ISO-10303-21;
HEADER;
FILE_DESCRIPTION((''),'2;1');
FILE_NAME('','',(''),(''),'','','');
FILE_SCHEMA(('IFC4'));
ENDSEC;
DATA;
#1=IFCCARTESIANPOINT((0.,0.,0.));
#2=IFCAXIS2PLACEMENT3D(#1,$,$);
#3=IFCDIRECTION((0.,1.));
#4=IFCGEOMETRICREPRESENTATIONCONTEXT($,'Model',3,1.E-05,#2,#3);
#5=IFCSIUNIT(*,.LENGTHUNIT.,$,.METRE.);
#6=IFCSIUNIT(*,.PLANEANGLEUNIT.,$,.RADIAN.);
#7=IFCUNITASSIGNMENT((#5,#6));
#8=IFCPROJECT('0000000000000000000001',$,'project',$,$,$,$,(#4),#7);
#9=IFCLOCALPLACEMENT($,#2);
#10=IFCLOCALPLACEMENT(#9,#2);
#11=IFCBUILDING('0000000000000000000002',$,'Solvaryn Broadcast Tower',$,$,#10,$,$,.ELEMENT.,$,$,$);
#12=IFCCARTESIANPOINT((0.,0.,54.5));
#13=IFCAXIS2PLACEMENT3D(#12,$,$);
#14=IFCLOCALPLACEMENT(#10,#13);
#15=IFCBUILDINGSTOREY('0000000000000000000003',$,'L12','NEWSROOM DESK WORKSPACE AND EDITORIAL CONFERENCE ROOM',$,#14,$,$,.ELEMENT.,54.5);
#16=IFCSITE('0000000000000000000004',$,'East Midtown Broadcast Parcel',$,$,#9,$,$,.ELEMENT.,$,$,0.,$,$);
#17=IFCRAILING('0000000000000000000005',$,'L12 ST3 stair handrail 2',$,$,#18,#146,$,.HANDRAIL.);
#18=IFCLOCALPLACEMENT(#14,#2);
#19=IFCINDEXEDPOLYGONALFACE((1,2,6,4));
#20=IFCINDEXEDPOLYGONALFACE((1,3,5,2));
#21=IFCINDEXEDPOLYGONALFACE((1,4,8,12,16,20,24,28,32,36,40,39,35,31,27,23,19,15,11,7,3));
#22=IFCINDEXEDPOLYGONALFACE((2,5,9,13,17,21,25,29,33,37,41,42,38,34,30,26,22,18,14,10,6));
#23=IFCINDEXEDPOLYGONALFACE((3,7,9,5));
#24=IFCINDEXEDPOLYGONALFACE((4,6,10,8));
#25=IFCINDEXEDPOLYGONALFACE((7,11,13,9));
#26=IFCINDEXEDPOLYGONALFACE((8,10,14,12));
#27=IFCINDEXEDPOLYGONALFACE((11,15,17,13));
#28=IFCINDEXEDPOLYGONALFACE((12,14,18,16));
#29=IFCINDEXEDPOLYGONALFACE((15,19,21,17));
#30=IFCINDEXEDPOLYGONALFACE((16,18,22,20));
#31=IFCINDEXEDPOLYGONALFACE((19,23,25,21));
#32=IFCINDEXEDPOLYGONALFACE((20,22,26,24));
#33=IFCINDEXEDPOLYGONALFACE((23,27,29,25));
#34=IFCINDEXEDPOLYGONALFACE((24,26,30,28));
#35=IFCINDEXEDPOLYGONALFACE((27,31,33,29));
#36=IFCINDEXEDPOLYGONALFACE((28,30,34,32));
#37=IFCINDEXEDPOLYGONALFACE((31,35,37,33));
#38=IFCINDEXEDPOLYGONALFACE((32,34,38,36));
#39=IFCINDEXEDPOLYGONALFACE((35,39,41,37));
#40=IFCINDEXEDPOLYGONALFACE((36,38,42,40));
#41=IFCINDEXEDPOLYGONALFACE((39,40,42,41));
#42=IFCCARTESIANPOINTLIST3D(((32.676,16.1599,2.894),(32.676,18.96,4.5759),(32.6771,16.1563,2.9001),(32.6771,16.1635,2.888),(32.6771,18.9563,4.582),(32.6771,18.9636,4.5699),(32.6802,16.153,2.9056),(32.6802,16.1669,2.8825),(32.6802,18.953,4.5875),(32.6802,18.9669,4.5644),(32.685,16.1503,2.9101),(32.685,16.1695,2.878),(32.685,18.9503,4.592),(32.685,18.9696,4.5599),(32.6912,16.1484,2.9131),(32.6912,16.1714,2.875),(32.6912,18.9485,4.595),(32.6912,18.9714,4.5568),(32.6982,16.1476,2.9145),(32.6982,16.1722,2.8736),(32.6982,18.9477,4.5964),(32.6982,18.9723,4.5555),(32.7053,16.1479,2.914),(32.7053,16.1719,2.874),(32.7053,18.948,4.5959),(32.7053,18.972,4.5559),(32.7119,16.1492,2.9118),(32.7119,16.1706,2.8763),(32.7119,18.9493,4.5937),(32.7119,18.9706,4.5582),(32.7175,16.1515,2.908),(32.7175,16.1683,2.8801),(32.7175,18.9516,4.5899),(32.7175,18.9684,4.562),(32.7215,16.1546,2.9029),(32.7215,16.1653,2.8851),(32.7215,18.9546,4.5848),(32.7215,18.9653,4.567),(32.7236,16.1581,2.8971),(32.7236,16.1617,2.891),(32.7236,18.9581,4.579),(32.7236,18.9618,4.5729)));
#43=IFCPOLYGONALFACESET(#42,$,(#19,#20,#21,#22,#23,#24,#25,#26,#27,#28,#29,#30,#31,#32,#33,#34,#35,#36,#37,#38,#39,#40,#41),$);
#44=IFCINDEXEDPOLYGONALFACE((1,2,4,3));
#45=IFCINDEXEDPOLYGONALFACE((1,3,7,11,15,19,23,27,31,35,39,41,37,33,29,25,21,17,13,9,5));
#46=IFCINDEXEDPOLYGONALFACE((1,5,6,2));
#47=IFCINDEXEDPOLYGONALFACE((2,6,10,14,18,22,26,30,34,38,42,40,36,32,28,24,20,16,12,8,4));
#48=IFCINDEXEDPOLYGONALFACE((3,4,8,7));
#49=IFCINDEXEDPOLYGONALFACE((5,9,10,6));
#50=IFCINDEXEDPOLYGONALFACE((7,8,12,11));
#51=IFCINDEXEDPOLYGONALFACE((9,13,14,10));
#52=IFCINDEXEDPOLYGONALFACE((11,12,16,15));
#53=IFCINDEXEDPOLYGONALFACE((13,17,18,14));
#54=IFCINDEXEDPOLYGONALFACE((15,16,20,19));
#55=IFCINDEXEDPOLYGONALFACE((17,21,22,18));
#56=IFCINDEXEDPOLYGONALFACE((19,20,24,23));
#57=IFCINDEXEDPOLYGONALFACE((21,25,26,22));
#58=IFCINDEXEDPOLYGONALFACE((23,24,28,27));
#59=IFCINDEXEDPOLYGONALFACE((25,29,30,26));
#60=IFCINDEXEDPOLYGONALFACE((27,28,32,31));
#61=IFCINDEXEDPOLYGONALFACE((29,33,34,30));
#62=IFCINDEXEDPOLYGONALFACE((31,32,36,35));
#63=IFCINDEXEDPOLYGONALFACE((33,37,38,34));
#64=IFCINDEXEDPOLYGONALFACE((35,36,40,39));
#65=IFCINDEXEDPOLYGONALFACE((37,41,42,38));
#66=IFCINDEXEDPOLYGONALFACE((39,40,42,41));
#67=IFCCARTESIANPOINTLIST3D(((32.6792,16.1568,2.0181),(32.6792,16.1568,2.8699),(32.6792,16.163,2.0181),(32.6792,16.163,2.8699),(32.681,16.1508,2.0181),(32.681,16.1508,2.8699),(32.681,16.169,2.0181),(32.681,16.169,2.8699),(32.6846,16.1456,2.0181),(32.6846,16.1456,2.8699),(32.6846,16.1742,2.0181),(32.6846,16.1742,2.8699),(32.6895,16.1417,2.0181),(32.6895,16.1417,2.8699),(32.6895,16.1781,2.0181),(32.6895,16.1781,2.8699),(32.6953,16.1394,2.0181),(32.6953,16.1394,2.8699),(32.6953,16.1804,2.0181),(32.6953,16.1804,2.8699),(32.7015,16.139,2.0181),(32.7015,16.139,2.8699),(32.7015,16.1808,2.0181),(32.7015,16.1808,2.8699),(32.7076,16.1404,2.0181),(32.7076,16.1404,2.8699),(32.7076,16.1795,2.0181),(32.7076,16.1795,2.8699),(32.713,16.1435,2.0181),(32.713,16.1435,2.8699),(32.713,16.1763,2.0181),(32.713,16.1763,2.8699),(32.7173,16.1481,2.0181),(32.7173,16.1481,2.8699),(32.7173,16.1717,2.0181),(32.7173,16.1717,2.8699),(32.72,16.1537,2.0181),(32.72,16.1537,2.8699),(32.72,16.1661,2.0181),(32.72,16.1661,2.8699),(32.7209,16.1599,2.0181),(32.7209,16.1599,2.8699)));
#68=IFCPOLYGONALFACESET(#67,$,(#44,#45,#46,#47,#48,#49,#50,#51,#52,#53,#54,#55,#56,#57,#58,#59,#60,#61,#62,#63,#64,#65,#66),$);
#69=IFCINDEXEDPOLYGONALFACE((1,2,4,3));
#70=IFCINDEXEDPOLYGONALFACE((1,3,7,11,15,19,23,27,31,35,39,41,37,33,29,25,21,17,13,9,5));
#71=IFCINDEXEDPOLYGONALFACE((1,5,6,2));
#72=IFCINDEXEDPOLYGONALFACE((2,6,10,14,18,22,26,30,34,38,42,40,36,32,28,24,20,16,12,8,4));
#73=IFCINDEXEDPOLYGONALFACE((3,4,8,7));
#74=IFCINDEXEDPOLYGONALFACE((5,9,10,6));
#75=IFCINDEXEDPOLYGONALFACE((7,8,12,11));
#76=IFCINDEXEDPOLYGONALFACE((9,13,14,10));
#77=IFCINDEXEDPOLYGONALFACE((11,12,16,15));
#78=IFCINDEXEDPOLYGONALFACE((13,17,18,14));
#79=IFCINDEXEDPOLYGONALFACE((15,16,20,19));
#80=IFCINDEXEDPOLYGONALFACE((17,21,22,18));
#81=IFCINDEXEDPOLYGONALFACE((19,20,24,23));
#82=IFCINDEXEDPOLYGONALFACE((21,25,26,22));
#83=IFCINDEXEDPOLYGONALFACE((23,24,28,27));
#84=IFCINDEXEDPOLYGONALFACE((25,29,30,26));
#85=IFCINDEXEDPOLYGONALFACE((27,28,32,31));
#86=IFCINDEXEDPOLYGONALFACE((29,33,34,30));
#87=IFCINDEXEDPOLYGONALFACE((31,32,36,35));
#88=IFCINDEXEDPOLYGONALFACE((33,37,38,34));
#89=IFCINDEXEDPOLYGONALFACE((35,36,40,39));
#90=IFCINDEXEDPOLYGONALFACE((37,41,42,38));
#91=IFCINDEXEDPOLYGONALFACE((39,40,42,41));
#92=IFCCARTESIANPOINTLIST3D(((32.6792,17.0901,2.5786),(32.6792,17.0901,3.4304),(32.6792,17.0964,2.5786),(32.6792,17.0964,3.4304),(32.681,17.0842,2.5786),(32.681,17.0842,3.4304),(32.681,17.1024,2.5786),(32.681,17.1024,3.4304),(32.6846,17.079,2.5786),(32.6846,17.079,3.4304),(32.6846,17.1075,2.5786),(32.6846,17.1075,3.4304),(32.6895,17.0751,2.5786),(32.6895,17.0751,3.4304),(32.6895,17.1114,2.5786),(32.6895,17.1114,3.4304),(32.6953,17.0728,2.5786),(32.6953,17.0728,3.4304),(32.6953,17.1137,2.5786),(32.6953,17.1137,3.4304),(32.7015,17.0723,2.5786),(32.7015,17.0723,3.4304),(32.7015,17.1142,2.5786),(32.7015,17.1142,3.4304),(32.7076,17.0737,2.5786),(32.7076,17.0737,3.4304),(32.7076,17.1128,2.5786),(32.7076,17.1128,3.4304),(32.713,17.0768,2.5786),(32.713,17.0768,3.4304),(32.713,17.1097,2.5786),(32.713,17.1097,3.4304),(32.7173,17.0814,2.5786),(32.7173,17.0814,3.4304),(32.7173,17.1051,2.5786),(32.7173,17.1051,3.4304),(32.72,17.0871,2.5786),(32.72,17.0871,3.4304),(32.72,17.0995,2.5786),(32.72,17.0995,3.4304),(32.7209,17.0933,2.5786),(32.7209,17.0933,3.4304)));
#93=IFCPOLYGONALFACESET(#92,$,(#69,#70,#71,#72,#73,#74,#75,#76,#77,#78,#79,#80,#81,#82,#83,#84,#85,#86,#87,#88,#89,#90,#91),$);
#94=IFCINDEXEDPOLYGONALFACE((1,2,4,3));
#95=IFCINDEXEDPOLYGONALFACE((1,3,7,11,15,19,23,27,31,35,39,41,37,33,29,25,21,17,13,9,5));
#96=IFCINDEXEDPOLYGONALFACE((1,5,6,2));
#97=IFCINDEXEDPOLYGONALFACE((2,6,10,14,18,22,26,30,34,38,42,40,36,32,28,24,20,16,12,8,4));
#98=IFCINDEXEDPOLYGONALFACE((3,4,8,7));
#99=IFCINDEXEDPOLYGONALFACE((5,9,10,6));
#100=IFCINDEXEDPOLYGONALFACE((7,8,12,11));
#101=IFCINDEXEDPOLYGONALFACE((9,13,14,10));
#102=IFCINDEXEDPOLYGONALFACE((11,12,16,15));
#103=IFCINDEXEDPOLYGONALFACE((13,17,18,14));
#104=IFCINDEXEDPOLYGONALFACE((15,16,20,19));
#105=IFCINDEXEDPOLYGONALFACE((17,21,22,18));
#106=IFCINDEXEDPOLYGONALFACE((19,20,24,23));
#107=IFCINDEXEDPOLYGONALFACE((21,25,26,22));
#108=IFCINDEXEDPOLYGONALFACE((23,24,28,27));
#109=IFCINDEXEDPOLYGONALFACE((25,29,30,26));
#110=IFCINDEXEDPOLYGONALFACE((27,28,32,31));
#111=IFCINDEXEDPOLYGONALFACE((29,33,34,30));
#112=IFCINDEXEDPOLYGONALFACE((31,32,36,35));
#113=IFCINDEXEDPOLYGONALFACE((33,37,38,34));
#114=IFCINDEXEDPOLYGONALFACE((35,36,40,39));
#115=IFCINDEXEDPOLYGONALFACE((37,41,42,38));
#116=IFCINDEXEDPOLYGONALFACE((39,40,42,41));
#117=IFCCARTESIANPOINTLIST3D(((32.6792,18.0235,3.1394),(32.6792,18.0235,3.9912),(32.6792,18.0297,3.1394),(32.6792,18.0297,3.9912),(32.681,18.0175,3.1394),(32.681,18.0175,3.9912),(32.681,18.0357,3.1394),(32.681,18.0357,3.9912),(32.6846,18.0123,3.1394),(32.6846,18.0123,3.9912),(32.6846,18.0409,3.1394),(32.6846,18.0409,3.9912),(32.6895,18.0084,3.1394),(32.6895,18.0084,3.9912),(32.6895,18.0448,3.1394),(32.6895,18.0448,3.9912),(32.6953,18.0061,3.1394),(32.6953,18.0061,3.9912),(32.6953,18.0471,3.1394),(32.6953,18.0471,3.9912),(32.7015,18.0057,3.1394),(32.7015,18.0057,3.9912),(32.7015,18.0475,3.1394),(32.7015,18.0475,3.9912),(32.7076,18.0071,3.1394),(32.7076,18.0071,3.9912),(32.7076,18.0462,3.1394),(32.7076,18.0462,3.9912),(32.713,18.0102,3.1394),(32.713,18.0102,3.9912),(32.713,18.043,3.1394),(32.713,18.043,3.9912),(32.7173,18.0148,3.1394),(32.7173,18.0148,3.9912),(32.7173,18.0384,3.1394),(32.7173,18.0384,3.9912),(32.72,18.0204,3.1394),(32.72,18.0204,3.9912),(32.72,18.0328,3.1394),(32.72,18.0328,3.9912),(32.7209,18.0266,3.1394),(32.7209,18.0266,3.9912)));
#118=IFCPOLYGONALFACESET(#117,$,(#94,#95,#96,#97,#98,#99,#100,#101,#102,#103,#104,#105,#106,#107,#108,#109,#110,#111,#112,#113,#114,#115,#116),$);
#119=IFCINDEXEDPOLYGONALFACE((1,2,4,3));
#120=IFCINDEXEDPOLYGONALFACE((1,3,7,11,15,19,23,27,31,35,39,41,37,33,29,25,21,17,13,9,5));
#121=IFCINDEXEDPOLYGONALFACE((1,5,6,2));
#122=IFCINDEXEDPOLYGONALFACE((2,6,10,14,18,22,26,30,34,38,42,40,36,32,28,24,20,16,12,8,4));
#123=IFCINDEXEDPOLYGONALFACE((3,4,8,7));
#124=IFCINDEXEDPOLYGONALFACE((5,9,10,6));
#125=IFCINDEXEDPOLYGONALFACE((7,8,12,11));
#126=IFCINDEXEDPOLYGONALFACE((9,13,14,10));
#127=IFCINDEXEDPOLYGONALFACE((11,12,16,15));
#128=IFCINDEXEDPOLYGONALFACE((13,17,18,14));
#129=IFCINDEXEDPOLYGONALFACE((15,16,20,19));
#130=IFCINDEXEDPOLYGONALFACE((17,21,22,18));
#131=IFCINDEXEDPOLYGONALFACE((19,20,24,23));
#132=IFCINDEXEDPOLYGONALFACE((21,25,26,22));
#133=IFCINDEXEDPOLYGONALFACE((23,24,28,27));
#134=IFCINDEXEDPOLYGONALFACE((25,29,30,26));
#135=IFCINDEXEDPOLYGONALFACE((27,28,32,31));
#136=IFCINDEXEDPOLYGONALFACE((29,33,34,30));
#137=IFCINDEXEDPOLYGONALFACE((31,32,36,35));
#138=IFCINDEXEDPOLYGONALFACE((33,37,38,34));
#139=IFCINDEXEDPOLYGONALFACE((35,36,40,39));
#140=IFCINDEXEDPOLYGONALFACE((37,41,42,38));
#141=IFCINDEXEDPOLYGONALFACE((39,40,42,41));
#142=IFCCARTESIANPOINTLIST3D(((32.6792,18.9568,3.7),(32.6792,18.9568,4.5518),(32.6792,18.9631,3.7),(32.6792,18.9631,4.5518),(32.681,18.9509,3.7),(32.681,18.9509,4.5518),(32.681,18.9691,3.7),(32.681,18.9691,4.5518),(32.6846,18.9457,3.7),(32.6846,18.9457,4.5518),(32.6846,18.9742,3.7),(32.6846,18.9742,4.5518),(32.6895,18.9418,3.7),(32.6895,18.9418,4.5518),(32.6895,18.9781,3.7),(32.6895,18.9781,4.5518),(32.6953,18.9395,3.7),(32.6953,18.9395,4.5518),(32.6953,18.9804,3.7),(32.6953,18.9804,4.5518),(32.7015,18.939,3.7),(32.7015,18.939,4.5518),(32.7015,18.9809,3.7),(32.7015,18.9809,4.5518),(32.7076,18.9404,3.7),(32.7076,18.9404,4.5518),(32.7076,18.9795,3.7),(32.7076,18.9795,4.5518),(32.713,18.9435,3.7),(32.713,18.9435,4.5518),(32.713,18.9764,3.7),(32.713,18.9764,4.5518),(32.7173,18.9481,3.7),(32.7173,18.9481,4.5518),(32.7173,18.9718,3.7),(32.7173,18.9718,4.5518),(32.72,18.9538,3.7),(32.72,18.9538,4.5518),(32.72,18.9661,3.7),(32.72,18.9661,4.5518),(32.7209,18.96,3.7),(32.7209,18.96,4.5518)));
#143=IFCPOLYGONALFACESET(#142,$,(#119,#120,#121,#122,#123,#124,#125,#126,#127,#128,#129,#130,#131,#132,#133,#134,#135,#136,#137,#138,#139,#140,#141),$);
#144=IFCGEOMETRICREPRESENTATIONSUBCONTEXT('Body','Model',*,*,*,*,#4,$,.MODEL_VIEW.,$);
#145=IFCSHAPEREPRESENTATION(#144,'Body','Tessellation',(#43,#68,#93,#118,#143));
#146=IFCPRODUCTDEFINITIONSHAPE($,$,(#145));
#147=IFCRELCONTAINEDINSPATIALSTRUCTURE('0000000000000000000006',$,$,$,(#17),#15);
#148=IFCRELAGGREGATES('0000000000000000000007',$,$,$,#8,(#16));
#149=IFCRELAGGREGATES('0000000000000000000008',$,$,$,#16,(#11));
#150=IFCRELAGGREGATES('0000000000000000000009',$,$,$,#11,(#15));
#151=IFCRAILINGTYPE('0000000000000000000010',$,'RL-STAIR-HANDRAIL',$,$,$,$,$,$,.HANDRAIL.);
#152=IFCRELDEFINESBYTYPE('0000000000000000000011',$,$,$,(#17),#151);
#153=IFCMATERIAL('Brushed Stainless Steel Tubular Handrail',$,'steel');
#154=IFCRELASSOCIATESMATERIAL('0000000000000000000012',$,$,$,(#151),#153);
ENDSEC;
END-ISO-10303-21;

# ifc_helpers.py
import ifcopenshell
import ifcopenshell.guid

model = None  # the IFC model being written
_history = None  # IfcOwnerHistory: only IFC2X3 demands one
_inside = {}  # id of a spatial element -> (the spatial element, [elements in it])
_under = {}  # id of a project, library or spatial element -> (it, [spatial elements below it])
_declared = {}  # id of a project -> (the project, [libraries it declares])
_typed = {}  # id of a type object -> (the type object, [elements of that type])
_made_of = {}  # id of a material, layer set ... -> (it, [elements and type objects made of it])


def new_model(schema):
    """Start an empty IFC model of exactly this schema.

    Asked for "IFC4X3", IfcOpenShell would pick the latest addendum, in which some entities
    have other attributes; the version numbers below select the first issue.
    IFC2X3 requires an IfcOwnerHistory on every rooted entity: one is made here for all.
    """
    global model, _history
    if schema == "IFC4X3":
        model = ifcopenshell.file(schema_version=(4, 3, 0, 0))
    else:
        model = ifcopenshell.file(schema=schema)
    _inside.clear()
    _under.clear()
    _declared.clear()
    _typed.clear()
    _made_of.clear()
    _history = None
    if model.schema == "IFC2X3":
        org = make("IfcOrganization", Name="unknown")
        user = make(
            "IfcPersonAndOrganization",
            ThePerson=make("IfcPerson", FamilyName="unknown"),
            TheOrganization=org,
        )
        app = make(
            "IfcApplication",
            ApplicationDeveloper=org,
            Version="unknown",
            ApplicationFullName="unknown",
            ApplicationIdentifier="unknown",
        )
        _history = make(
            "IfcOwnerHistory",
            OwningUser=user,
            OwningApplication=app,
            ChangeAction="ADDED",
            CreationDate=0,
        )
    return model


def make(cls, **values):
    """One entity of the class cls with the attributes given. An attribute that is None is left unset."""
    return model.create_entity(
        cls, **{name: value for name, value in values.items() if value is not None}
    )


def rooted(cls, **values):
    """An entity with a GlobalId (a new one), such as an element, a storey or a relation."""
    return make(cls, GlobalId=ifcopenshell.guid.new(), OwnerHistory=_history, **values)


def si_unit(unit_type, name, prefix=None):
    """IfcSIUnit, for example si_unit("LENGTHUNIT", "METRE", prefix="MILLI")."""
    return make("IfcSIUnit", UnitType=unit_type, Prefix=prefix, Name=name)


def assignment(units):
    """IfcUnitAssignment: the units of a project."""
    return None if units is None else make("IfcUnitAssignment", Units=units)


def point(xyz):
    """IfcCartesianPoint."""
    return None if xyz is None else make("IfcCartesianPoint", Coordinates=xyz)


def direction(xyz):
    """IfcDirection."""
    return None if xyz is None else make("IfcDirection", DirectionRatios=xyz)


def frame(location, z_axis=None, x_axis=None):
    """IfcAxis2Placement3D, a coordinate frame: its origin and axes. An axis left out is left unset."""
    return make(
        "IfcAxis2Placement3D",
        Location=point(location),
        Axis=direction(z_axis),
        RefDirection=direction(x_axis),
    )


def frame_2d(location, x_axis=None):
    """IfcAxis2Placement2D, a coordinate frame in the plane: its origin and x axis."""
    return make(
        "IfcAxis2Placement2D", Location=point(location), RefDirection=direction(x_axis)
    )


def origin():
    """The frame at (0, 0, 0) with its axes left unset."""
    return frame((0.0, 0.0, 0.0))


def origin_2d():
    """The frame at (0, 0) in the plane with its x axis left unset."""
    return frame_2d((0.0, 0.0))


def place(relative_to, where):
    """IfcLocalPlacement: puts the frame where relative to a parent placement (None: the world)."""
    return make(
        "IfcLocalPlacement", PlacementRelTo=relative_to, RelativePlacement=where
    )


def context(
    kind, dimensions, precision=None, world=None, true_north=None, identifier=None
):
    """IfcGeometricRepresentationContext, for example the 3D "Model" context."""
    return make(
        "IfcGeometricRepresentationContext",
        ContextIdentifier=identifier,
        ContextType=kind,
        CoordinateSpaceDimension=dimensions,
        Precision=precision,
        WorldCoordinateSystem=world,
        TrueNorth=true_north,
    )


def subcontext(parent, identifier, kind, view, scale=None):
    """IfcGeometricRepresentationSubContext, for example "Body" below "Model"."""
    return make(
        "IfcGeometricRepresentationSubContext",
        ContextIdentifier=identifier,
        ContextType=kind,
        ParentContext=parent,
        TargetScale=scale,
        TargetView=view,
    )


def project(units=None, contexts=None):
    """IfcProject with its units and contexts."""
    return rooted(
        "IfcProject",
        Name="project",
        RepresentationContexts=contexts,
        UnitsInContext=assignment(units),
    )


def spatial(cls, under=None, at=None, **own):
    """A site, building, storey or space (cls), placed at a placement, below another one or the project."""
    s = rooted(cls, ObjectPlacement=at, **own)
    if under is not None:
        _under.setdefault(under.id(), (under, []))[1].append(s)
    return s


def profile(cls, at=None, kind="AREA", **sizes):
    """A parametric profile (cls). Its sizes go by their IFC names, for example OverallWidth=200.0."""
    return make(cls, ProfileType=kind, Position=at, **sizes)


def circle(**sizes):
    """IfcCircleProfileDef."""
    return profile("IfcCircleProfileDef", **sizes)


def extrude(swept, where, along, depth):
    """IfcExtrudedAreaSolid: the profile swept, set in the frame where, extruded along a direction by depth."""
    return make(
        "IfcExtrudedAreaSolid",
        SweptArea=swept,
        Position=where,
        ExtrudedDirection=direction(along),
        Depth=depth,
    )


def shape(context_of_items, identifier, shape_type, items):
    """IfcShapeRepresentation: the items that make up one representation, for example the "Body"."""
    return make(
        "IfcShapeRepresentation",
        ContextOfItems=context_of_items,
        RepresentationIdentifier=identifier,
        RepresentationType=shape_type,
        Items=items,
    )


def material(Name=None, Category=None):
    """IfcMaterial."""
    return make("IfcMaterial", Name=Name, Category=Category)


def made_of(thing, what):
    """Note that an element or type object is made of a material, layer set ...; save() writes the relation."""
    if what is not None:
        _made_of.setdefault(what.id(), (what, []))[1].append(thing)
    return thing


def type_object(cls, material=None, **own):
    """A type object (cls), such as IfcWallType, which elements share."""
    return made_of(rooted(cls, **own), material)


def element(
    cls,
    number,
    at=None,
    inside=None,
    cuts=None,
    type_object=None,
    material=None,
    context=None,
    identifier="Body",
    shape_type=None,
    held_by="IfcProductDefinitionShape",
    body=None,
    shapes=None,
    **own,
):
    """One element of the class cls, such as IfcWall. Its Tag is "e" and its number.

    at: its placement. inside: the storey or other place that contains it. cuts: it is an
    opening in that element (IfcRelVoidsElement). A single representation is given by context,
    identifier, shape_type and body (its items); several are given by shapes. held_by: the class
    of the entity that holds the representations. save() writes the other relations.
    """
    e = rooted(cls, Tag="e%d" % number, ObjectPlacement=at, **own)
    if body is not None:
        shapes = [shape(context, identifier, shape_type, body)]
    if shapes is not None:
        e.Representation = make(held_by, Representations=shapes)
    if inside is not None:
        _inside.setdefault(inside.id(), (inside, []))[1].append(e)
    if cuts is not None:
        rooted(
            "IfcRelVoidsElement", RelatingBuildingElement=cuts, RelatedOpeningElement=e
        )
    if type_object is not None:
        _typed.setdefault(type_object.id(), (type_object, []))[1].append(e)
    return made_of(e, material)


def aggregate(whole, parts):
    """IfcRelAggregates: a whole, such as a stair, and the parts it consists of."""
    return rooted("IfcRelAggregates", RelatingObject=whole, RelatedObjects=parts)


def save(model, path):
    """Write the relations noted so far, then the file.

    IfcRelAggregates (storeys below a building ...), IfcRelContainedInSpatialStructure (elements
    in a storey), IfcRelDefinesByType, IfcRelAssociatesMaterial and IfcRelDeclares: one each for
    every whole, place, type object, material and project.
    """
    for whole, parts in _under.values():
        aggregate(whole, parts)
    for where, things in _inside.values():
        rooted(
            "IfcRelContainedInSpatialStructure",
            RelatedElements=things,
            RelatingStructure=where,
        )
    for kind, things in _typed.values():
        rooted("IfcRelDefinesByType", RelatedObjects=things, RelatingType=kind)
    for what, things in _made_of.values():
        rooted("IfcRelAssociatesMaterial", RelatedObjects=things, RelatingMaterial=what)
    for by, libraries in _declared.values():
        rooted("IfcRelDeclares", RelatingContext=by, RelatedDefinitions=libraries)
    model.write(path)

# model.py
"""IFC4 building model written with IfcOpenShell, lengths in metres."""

from ifc_helpers import new_model, si_unit, direction, frame, origin, origin_2d, place, context, subcontext, project, spatial, circle, extrude, material, type_object, element, save


model = new_model("IFC4")

# Units and contexts
model_context = context("Model", 3, precision=1e-05, world=origin(), true_north=direction((0.0, 1.0)))
body_context = subcontext(model_context, "Body", "Model", "MODEL_VIEW")
ifc_project = project(units=[si_unit("LENGTHUNIT", "METRE"), si_unit("PLANEANGLEUNIT", "RADIAN")], contexts=[model_context])

# Site, building, storey
site_placement = place(None, origin())
site = spatial("IfcSite", under=ifc_project, at=site_placement, Name="East Midtown Broadcast Parcel", CompositionType="ELEMENT", RefElevation=0.0)
building_placement = place(site_placement, origin())
building = spatial("IfcBuilding", under=site, at=building_placement, Name="Solvaryn Broadcast Tower", CompositionType="ELEMENT")
storey_placement = place(building_placement, frame((0.0, 0.0, 54.5)))
storey = spatial("IfcBuildingStorey", under=building, at=storey_placement, Name="L12", Description="NEWSROOM DESK WORKSPACE AND EDITORIAL CONFERENCE ROOM", CompositionType="ELEMENT", Elevation=54.5)

# Railing
ifc_material_1 = material(Name="Brushed Stainless Steel Tubular Handrail", Category="steel")
railing_type_1 = type_object("IfcRailingType", Name="RL-STAIR-HANDRAIL", PredefinedType="HANDRAIL", material=ifc_material_1)
railing_1_placement = place(storey_placement, frame((32.7, 16.1599, 2.0181)))
element("IfcRailing", 1, at=railing_1_placement, inside=storey, type_object=railing_type_1, Name="L12 ST3 stair handrail 2", PredefinedType="HANDRAIL", context=body_context, shape_type="SweptSolid", body=[
    extrude(circle(Radius=0.0239, at=origin_2d()), frame((0.0, 0.0, 0.876), z_axis=(0.0, 0.857242, 0.514913), x_axis=(-1.0, 0.0, 0.0)), (0.0, 0.0, 1.0), 3.2664),
    extrude(circle(Radius=0.021, at=origin_2d()), origin(), (0.0, 0.0, 1.0), 0.8518),
    extrude(circle(Radius=0.021, at=origin_2d()), frame((0.0, 0.9333, 0.5605)), (0.0, 0.0, 1.0), 0.8518),
    extrude(circle(Radius=0.021, at=origin_2d()), frame((0.0, 1.8667, 1.1213)), (0.0, 0.0, 1.0), 0.8518),
    extrude(circle(Radius=0.021, at=origin_2d()), frame((0.0, 2.8, 1.6819)), (0.0, 0.0, 1.0), 0.8518),
])

save(model, "model.ifc")
